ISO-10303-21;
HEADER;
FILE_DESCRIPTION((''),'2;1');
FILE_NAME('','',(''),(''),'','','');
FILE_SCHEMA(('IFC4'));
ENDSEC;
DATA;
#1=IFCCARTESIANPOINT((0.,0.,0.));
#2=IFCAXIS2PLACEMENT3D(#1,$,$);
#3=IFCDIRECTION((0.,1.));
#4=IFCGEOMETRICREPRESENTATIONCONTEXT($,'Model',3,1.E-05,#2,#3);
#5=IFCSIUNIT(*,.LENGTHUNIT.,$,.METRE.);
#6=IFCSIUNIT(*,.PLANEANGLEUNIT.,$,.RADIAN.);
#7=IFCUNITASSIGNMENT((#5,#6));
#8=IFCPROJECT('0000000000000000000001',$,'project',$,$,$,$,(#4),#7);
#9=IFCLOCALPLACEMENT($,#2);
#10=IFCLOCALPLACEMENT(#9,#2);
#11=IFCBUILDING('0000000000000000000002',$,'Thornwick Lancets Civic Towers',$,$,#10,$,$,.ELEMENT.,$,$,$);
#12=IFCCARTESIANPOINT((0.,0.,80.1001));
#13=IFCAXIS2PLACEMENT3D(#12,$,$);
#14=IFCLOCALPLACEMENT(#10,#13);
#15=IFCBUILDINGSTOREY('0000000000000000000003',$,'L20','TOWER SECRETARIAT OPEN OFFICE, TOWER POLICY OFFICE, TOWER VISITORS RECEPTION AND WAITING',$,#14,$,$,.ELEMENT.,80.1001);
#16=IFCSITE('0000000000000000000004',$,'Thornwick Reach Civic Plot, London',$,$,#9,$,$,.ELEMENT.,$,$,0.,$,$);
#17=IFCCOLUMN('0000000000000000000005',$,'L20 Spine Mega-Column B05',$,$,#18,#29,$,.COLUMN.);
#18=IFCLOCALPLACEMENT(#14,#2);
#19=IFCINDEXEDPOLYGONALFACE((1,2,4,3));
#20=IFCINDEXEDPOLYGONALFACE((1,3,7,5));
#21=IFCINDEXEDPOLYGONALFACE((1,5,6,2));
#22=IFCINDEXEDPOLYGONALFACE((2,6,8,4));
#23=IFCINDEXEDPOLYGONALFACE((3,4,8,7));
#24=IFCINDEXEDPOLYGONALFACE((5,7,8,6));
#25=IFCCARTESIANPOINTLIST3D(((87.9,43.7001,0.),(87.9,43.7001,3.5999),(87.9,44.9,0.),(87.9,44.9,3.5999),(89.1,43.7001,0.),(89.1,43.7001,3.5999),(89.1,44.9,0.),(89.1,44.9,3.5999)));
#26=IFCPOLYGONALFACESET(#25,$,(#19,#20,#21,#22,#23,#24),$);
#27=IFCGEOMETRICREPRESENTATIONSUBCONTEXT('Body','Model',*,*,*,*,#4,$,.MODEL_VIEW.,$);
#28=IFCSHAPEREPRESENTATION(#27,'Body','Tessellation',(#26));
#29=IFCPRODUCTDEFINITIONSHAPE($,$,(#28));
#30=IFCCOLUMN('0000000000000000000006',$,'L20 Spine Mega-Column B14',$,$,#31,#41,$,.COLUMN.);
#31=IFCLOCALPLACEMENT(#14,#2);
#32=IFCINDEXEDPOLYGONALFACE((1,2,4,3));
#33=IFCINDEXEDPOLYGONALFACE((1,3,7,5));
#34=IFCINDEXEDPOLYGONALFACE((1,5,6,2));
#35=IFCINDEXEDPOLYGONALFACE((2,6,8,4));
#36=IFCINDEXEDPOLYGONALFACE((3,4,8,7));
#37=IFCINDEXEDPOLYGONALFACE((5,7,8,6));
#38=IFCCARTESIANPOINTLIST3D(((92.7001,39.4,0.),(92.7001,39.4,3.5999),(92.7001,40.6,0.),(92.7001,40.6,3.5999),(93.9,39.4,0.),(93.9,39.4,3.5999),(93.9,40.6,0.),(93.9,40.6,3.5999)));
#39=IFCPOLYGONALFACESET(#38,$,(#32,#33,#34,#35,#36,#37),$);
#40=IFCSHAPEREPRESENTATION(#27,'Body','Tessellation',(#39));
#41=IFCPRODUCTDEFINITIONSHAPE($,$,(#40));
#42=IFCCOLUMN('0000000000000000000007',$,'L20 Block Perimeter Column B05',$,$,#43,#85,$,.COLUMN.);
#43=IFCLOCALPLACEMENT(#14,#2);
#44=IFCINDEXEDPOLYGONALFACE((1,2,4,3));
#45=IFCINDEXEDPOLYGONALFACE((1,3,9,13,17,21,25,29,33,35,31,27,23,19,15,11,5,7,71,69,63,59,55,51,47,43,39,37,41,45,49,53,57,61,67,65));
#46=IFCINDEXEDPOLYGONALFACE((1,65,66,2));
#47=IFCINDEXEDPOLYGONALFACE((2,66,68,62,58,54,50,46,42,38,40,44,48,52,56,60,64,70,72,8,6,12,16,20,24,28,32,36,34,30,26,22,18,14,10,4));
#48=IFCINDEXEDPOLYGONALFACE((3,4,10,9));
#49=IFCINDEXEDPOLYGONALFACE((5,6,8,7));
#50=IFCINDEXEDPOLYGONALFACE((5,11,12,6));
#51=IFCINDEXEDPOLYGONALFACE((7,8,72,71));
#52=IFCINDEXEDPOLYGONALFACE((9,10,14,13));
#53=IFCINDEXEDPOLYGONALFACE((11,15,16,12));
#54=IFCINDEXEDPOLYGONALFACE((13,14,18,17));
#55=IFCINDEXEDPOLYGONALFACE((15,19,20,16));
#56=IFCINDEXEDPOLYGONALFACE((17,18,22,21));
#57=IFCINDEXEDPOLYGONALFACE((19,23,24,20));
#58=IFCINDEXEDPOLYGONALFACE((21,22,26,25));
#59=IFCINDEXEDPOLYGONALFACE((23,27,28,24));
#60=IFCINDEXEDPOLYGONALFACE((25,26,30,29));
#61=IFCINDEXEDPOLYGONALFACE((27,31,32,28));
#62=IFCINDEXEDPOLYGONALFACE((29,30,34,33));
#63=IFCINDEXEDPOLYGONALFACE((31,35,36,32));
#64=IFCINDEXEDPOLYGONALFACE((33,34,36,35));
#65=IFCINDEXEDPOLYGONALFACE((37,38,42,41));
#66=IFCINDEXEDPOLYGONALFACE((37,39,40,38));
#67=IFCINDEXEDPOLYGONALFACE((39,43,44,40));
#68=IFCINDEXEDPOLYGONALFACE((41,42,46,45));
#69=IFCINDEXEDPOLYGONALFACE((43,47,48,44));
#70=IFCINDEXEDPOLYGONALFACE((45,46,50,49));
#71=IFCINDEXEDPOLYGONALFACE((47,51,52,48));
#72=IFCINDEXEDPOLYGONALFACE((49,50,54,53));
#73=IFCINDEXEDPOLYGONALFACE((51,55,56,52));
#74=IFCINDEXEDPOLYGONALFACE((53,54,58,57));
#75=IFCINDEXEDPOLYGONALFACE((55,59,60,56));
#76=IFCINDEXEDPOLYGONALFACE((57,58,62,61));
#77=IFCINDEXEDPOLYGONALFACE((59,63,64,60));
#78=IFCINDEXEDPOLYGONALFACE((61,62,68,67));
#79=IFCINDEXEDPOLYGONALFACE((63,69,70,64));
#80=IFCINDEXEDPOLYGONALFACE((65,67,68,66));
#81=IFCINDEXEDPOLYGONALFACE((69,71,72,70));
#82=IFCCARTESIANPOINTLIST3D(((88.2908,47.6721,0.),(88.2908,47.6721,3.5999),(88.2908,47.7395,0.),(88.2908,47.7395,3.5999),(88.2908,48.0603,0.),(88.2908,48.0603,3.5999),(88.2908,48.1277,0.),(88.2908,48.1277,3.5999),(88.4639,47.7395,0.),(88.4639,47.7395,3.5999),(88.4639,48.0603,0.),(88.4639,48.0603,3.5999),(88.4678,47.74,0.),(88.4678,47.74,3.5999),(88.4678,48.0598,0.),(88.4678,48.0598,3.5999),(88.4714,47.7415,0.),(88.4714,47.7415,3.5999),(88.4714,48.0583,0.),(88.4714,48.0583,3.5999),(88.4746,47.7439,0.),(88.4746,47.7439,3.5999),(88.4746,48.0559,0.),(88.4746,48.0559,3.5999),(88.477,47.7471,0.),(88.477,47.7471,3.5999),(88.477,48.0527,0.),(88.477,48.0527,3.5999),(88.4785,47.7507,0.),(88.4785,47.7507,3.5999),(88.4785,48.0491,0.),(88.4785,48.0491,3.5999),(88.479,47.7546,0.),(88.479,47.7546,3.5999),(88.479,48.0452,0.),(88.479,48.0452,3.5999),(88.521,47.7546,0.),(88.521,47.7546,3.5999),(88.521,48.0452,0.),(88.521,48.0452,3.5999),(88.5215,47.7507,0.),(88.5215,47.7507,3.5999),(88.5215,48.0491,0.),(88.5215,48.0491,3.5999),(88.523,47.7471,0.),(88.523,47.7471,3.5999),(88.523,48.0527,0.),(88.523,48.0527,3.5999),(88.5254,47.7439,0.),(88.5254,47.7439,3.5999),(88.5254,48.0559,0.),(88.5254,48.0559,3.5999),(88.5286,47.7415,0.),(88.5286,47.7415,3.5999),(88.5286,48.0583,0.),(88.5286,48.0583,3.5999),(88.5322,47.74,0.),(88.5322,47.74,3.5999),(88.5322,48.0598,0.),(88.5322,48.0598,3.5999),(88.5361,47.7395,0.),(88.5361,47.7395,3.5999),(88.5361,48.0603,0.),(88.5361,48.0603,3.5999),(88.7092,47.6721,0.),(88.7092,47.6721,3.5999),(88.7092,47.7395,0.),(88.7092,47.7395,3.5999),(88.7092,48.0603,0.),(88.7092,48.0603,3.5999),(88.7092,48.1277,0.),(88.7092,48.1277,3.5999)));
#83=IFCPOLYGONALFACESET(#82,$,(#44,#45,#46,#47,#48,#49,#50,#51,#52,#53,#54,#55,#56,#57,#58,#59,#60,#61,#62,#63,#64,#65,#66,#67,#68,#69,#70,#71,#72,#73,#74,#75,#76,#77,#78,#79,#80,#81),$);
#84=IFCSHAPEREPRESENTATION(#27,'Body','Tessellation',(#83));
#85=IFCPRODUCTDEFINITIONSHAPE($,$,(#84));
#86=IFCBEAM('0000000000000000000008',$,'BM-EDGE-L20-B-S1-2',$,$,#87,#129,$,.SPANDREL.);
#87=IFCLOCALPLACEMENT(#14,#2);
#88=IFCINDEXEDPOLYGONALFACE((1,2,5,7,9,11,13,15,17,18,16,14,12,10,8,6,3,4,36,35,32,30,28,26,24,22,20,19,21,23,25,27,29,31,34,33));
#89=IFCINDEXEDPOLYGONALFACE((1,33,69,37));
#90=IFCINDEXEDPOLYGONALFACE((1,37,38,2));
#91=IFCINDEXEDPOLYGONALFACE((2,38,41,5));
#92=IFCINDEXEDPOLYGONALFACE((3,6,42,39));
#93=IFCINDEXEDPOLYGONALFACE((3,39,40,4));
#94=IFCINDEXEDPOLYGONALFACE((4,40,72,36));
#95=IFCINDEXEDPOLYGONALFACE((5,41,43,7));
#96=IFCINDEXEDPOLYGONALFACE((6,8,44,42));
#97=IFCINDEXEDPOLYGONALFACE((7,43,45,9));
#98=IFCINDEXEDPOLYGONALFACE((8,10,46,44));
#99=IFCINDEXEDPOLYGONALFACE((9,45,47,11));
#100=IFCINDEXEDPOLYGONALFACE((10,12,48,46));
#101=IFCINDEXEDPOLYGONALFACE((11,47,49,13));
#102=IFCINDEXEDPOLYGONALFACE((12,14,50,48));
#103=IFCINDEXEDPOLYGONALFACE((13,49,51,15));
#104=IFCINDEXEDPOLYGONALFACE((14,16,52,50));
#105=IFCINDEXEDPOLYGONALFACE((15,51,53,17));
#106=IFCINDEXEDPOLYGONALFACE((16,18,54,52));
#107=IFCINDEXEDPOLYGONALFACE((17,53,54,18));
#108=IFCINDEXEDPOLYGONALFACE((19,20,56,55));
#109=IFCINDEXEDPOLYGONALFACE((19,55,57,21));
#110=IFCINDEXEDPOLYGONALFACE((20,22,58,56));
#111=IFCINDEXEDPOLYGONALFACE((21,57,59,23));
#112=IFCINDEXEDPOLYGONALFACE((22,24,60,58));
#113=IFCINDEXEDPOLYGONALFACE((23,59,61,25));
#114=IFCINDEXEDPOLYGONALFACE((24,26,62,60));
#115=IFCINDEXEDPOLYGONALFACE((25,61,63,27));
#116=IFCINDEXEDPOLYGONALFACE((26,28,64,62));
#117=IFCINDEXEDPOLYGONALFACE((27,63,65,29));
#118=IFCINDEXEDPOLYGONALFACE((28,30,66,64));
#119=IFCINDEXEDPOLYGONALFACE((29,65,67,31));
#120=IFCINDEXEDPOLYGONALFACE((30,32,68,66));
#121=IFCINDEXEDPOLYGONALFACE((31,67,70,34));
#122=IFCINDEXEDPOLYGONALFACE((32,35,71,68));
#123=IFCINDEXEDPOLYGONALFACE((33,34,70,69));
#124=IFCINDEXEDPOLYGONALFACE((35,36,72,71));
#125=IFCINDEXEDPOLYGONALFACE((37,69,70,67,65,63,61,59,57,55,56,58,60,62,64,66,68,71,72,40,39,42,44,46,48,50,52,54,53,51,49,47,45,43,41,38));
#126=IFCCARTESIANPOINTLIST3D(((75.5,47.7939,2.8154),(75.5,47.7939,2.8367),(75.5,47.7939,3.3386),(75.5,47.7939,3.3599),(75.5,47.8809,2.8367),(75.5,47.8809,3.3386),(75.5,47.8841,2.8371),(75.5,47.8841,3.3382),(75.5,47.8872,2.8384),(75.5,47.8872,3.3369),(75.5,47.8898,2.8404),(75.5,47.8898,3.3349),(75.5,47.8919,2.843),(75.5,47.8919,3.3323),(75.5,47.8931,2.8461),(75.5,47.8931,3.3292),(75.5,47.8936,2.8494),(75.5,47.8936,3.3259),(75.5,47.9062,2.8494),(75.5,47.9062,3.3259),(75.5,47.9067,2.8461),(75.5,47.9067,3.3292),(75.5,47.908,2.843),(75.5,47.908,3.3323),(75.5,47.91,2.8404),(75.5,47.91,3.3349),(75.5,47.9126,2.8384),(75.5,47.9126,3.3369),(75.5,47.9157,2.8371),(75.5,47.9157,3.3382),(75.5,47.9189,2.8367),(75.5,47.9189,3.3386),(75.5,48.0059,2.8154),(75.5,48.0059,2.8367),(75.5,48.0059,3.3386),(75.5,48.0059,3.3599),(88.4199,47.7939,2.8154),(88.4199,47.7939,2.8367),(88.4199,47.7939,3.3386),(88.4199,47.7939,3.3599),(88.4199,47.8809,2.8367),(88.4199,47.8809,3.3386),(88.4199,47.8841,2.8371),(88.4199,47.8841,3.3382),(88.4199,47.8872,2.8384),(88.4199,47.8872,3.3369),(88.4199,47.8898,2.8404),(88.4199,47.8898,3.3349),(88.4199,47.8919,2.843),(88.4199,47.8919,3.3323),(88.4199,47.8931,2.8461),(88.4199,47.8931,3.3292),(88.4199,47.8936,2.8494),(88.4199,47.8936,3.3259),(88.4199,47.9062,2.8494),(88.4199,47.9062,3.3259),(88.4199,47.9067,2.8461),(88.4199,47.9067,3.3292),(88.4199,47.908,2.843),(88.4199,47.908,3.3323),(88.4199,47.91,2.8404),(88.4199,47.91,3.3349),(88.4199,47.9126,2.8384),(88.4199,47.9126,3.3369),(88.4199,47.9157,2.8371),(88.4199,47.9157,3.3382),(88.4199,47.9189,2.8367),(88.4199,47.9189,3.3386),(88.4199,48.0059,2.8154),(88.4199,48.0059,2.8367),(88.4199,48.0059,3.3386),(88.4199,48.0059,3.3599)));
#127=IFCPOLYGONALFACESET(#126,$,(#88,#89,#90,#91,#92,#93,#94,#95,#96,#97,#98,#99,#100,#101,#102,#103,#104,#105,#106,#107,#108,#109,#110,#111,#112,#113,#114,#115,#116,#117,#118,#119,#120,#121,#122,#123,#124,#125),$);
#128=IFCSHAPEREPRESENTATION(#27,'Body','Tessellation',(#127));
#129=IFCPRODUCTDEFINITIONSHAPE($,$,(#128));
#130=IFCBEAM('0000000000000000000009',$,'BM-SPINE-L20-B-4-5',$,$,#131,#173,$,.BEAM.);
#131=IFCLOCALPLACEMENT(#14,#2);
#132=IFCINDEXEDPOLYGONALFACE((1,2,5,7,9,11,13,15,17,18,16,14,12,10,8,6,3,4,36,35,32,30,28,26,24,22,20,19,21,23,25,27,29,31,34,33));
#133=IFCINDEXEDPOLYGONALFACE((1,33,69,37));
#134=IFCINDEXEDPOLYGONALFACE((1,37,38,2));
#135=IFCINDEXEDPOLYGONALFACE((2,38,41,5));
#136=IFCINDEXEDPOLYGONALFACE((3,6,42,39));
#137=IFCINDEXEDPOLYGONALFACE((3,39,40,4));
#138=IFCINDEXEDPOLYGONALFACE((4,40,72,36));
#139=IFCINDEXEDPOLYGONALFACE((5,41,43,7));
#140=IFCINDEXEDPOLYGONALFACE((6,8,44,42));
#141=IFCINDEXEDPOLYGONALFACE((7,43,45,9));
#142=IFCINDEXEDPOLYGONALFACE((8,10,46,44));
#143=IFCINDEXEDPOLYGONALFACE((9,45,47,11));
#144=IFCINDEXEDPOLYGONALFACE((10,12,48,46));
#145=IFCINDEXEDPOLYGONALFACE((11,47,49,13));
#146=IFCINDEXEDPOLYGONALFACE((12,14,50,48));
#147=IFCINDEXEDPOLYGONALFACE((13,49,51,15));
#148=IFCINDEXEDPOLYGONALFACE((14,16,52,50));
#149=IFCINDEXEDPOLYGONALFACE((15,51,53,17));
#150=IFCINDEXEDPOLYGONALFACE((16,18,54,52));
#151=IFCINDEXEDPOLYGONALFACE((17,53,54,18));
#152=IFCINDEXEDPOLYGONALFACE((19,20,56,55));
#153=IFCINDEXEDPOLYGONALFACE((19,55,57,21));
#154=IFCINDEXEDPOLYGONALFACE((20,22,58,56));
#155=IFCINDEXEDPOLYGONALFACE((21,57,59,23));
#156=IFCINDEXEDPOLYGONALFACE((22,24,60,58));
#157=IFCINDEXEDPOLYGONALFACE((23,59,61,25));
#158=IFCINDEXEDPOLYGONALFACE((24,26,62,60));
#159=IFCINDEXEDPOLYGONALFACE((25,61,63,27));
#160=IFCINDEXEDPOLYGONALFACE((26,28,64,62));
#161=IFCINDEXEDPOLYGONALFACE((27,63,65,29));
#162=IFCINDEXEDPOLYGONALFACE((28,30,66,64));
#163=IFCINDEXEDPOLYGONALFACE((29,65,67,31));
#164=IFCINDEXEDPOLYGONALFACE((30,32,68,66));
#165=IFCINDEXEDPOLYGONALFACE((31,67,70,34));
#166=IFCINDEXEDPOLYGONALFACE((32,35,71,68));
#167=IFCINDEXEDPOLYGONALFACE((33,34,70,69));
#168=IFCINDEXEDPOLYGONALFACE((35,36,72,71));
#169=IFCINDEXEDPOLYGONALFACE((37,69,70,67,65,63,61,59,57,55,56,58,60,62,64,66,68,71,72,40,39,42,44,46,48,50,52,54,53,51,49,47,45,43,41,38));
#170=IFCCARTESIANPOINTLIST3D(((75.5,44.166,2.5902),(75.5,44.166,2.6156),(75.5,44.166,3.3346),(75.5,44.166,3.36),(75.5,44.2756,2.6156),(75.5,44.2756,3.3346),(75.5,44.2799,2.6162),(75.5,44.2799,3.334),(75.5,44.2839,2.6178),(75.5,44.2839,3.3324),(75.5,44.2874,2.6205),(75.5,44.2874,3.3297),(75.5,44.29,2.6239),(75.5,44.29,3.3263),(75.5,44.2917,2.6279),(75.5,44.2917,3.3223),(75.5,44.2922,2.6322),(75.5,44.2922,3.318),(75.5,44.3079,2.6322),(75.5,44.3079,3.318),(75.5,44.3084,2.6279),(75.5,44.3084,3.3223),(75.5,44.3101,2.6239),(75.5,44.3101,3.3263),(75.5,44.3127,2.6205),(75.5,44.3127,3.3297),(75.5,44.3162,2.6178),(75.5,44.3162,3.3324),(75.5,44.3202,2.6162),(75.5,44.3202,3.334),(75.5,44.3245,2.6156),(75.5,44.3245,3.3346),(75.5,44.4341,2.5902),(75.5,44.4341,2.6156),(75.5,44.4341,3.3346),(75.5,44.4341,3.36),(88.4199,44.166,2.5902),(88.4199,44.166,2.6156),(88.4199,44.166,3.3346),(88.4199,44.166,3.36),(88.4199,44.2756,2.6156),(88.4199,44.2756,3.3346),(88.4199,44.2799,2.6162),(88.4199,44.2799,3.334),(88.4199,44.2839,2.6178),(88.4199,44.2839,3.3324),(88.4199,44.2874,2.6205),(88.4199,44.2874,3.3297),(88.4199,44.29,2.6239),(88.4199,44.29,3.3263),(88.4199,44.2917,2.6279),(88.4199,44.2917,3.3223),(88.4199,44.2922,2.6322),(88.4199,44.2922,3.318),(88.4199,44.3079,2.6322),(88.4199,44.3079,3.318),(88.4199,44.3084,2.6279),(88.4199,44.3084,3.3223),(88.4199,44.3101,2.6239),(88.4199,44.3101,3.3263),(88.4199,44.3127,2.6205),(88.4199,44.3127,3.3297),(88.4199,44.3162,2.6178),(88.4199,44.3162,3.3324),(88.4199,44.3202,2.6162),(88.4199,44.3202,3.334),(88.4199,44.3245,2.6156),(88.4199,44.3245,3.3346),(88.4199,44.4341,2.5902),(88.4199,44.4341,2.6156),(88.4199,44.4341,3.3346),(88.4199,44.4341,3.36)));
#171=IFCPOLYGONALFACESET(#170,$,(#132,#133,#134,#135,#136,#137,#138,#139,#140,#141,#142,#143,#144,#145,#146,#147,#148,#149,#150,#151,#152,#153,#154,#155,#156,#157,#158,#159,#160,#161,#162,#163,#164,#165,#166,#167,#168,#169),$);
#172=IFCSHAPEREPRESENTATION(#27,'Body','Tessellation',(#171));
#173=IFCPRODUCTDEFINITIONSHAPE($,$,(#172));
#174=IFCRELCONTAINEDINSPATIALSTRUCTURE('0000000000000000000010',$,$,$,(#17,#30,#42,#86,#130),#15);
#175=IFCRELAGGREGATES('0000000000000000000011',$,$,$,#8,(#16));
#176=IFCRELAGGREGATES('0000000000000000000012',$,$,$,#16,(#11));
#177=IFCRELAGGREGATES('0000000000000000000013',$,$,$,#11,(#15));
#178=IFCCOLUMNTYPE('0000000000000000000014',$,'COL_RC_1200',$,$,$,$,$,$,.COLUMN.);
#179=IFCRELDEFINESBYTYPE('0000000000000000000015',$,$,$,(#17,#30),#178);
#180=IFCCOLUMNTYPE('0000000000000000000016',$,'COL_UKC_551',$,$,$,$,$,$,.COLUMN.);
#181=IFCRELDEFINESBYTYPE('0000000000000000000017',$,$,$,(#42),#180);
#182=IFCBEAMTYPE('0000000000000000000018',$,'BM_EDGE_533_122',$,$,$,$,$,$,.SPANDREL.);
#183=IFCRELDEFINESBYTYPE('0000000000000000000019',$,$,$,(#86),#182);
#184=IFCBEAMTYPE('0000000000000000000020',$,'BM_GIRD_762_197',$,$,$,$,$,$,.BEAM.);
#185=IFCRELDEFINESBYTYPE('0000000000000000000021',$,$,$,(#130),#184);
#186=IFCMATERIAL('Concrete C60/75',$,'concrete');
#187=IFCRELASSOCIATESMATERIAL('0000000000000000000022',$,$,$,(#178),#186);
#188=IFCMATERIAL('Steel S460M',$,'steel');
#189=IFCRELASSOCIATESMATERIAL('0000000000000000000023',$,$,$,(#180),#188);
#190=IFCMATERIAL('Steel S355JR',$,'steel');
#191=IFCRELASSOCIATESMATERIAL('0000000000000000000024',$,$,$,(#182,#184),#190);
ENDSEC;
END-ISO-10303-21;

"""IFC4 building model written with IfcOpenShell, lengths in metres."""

from ifc_helpers import new_model, si_unit, direction, frame, origin, origin_2d, place, context, subcontext, project, spatial, rectangle, i_section, extrude, material, material_profile, profile_set, type_object, element, save


model = new_model("IFC4")

# Units and contexts
model_context = context("Model", 3, precision=1e-05, world=origin(), true_north=direction((0.0, 1.0)))
body_context = subcontext(model_context, "Body", "Model", "MODEL_VIEW")
ifc_project = project(units=[si_unit("LENGTHUNIT", "METRE"), si_unit("PLANEANGLEUNIT", "RADIAN")], contexts=[model_context])

# Site, building, storey
site_placement = place(None, origin())
site = spatial("IfcSite", under=ifc_project, at=site_placement, Name="Thornwick Reach Civic Plot, London", CompositionType="ELEMENT", RefElevation=0.0)
building_placement = place(site_placement, origin())
building = spatial("IfcBuilding", under=site, at=building_placement, Name="Thornwick Lancets Civic Towers", CompositionType="ELEMENT")
storey_placement = place(building_placement, frame((0.0, 0.0, 80.1001)))
storey = spatial("IfcBuildingStorey", under=building, at=storey_placement, Name="L20", Description="TOWER SECRETARIAT OPEN OFFICE, TOWER POLICY OFFICE, TOWER VISITORS RECEPTION AND WAITING", CompositionType="ELEMENT", Elevation=80.1001)

# Columns
ifc_material_1 = material(Name="Concrete C60/75", Category="concrete")
ifc_material_profile_1 = material_profile(ifc_material_1, rectangle(XDim=1.2, YDim=1.2, at=origin_2d()), Name="RC 1200x1200")
ifc_profile_set_1 = profile_set([ifc_material_profile_1], Name="Concrete C60/75")
column_type_1 = type_object("IfcColumnType", Name="COL_RC_1200", PredefinedType="COLUMN", material=ifc_profile_set_1)
for number, where, z_axis, x_axis, name in (
    (1, (88.5, 44.3, 0.0), (0.0, 0.0, 1.0), (1.0, 0.0, 0.0), "L20 Spine Mega-Column B05"),
    (2, (93.3, 40.0, 0.0), (0.0, 0.0, 1.0), (1.0, 0.0, 0.0), "L20 Spine Mega-Column B14"),
):
    element("IfcColumn", number, at=place(storey_placement, frame(where, z_axis=z_axis, x_axis=x_axis)), inside=storey, type_object=column_type_1, Name=name, PredefinedType="COLUMN", context=body_context, shape_type="SweptSolid", body=[
        extrude(rectangle(XDim=1.2, YDim=1.2, at=origin_2d()), origin(), (0.0, 0.0, 1.0), 3.5999),
    ])
ifc_material_2 = material(Name="Steel S460M", Category="steel")
ifc_material_profile_2 = material_profile(ifc_material_2, i_section(OverallWidth=0.4185, OverallDepth=0.4556, WebThickness=0.042, FlangeThickness=0.0674, FilletRadius=0.0151, at=origin_2d()), Name="UKC 356x406x551")
ifc_profile_set_2 = profile_set([ifc_material_profile_2], Name="Steel S460M")
column_type_2 = type_object("IfcColumnType", Name="COL_UKC_551", PredefinedType="COLUMN", material=ifc_profile_set_2)
column_placement = place(storey_placement, frame((88.5, 47.8999, 0.0), z_axis=(0.0, 0.0, 1.0), x_axis=(1.0, 0.0, 0.0)))
element("IfcColumn", 3, at=column_placement, inside=storey, type_object=column_type_2, Name="L20 Block Perimeter Column B05", PredefinedType="COLUMN", context=body_context, shape_type="SweptSolid", body=[
    extrude(i_section(OverallWidth=0.4185, OverallDepth=0.4556, WebThickness=0.042, FlangeThickness=0.0674, FilletRadius=0.0151, at=origin_2d()), origin(), (0.0, 0.0, 1.0), 3.5999),
])

# Beams
ifc_material_3 = material(Name="Steel S355JR", Category="steel")
ifc_material_profile_3 = material_profile(ifc_material_3, i_section(OverallWidth=0.2119, OverallDepth=0.5444, WebThickness=0.0127, FlangeThickness=0.0212, FilletRadius=0.0127, at=origin_2d()), Name="UKB 533x210x122")
ifc_profile_set_3 = profile_set([ifc_material_profile_3], Name="Steel S355JR")
beam_type_1 = type_object("IfcBeamType", Name="BM_EDGE_533_122", PredefinedType="SPANDREL", material=ifc_profile_set_3)
beam_1_placement = place(storey_placement, frame((88.4199, 47.8999, 3.0876), z_axis=(-1.0, 0.0, 0.0), x_axis=(0.0, -1.0, 0.0)))
element("IfcBeam", 4, at=beam_1_placement, inside=storey, type_object=beam_type_1, Name="BM-EDGE-L20-B-S1-2", PredefinedType="SPANDREL", context=body_context, shape_type="SweptSolid", body=[
    extrude(i_section(OverallWidth=0.2119, OverallDepth=0.5444, WebThickness=0.0127, FlangeThickness=0.0212, FilletRadius=0.0127, at=origin_2d()), origin(), (0.0, 0.0, 1.0), 12.9199),
])
ifc_material_profile_4 = material_profile(ifc_material_3, i_section(OverallWidth=0.2681, OverallDepth=0.7698, WebThickness=0.0156, FlangeThickness=0.0254, FilletRadius=0.0166, at=origin_2d()), Name="UKB 762x267x197")
ifc_profile_set_4 = profile_set([ifc_material_profile_4], Name="Steel S355JR")
beam_type_2 = type_object("IfcBeamType", Name="BM_GIRD_762_197", PredefinedType="BEAM", material=ifc_profile_set_4)
beam_2_placement = place(storey_placement, frame((88.4199, 44.3, 2.9751), z_axis=(-1.0, 0.0, 0.0), x_axis=(0.0, -1.0, 0.0)))
element("IfcBeam", 5, at=beam_2_placement, inside=storey, type_object=beam_type_2, Name="BM-SPINE-L20-B-4-5", PredefinedType="BEAM", context=body_context, shape_type="SweptSolid", body=[
    extrude(i_section(OverallWidth=0.2681, OverallDepth=0.7698, WebThickness=0.0156, FlangeThickness=0.0254, FilletRadius=0.0166, at=origin_2d()), origin(), (0.0, 0.0, 1.0), 12.9199),
])

save(model, "model.ifc")
